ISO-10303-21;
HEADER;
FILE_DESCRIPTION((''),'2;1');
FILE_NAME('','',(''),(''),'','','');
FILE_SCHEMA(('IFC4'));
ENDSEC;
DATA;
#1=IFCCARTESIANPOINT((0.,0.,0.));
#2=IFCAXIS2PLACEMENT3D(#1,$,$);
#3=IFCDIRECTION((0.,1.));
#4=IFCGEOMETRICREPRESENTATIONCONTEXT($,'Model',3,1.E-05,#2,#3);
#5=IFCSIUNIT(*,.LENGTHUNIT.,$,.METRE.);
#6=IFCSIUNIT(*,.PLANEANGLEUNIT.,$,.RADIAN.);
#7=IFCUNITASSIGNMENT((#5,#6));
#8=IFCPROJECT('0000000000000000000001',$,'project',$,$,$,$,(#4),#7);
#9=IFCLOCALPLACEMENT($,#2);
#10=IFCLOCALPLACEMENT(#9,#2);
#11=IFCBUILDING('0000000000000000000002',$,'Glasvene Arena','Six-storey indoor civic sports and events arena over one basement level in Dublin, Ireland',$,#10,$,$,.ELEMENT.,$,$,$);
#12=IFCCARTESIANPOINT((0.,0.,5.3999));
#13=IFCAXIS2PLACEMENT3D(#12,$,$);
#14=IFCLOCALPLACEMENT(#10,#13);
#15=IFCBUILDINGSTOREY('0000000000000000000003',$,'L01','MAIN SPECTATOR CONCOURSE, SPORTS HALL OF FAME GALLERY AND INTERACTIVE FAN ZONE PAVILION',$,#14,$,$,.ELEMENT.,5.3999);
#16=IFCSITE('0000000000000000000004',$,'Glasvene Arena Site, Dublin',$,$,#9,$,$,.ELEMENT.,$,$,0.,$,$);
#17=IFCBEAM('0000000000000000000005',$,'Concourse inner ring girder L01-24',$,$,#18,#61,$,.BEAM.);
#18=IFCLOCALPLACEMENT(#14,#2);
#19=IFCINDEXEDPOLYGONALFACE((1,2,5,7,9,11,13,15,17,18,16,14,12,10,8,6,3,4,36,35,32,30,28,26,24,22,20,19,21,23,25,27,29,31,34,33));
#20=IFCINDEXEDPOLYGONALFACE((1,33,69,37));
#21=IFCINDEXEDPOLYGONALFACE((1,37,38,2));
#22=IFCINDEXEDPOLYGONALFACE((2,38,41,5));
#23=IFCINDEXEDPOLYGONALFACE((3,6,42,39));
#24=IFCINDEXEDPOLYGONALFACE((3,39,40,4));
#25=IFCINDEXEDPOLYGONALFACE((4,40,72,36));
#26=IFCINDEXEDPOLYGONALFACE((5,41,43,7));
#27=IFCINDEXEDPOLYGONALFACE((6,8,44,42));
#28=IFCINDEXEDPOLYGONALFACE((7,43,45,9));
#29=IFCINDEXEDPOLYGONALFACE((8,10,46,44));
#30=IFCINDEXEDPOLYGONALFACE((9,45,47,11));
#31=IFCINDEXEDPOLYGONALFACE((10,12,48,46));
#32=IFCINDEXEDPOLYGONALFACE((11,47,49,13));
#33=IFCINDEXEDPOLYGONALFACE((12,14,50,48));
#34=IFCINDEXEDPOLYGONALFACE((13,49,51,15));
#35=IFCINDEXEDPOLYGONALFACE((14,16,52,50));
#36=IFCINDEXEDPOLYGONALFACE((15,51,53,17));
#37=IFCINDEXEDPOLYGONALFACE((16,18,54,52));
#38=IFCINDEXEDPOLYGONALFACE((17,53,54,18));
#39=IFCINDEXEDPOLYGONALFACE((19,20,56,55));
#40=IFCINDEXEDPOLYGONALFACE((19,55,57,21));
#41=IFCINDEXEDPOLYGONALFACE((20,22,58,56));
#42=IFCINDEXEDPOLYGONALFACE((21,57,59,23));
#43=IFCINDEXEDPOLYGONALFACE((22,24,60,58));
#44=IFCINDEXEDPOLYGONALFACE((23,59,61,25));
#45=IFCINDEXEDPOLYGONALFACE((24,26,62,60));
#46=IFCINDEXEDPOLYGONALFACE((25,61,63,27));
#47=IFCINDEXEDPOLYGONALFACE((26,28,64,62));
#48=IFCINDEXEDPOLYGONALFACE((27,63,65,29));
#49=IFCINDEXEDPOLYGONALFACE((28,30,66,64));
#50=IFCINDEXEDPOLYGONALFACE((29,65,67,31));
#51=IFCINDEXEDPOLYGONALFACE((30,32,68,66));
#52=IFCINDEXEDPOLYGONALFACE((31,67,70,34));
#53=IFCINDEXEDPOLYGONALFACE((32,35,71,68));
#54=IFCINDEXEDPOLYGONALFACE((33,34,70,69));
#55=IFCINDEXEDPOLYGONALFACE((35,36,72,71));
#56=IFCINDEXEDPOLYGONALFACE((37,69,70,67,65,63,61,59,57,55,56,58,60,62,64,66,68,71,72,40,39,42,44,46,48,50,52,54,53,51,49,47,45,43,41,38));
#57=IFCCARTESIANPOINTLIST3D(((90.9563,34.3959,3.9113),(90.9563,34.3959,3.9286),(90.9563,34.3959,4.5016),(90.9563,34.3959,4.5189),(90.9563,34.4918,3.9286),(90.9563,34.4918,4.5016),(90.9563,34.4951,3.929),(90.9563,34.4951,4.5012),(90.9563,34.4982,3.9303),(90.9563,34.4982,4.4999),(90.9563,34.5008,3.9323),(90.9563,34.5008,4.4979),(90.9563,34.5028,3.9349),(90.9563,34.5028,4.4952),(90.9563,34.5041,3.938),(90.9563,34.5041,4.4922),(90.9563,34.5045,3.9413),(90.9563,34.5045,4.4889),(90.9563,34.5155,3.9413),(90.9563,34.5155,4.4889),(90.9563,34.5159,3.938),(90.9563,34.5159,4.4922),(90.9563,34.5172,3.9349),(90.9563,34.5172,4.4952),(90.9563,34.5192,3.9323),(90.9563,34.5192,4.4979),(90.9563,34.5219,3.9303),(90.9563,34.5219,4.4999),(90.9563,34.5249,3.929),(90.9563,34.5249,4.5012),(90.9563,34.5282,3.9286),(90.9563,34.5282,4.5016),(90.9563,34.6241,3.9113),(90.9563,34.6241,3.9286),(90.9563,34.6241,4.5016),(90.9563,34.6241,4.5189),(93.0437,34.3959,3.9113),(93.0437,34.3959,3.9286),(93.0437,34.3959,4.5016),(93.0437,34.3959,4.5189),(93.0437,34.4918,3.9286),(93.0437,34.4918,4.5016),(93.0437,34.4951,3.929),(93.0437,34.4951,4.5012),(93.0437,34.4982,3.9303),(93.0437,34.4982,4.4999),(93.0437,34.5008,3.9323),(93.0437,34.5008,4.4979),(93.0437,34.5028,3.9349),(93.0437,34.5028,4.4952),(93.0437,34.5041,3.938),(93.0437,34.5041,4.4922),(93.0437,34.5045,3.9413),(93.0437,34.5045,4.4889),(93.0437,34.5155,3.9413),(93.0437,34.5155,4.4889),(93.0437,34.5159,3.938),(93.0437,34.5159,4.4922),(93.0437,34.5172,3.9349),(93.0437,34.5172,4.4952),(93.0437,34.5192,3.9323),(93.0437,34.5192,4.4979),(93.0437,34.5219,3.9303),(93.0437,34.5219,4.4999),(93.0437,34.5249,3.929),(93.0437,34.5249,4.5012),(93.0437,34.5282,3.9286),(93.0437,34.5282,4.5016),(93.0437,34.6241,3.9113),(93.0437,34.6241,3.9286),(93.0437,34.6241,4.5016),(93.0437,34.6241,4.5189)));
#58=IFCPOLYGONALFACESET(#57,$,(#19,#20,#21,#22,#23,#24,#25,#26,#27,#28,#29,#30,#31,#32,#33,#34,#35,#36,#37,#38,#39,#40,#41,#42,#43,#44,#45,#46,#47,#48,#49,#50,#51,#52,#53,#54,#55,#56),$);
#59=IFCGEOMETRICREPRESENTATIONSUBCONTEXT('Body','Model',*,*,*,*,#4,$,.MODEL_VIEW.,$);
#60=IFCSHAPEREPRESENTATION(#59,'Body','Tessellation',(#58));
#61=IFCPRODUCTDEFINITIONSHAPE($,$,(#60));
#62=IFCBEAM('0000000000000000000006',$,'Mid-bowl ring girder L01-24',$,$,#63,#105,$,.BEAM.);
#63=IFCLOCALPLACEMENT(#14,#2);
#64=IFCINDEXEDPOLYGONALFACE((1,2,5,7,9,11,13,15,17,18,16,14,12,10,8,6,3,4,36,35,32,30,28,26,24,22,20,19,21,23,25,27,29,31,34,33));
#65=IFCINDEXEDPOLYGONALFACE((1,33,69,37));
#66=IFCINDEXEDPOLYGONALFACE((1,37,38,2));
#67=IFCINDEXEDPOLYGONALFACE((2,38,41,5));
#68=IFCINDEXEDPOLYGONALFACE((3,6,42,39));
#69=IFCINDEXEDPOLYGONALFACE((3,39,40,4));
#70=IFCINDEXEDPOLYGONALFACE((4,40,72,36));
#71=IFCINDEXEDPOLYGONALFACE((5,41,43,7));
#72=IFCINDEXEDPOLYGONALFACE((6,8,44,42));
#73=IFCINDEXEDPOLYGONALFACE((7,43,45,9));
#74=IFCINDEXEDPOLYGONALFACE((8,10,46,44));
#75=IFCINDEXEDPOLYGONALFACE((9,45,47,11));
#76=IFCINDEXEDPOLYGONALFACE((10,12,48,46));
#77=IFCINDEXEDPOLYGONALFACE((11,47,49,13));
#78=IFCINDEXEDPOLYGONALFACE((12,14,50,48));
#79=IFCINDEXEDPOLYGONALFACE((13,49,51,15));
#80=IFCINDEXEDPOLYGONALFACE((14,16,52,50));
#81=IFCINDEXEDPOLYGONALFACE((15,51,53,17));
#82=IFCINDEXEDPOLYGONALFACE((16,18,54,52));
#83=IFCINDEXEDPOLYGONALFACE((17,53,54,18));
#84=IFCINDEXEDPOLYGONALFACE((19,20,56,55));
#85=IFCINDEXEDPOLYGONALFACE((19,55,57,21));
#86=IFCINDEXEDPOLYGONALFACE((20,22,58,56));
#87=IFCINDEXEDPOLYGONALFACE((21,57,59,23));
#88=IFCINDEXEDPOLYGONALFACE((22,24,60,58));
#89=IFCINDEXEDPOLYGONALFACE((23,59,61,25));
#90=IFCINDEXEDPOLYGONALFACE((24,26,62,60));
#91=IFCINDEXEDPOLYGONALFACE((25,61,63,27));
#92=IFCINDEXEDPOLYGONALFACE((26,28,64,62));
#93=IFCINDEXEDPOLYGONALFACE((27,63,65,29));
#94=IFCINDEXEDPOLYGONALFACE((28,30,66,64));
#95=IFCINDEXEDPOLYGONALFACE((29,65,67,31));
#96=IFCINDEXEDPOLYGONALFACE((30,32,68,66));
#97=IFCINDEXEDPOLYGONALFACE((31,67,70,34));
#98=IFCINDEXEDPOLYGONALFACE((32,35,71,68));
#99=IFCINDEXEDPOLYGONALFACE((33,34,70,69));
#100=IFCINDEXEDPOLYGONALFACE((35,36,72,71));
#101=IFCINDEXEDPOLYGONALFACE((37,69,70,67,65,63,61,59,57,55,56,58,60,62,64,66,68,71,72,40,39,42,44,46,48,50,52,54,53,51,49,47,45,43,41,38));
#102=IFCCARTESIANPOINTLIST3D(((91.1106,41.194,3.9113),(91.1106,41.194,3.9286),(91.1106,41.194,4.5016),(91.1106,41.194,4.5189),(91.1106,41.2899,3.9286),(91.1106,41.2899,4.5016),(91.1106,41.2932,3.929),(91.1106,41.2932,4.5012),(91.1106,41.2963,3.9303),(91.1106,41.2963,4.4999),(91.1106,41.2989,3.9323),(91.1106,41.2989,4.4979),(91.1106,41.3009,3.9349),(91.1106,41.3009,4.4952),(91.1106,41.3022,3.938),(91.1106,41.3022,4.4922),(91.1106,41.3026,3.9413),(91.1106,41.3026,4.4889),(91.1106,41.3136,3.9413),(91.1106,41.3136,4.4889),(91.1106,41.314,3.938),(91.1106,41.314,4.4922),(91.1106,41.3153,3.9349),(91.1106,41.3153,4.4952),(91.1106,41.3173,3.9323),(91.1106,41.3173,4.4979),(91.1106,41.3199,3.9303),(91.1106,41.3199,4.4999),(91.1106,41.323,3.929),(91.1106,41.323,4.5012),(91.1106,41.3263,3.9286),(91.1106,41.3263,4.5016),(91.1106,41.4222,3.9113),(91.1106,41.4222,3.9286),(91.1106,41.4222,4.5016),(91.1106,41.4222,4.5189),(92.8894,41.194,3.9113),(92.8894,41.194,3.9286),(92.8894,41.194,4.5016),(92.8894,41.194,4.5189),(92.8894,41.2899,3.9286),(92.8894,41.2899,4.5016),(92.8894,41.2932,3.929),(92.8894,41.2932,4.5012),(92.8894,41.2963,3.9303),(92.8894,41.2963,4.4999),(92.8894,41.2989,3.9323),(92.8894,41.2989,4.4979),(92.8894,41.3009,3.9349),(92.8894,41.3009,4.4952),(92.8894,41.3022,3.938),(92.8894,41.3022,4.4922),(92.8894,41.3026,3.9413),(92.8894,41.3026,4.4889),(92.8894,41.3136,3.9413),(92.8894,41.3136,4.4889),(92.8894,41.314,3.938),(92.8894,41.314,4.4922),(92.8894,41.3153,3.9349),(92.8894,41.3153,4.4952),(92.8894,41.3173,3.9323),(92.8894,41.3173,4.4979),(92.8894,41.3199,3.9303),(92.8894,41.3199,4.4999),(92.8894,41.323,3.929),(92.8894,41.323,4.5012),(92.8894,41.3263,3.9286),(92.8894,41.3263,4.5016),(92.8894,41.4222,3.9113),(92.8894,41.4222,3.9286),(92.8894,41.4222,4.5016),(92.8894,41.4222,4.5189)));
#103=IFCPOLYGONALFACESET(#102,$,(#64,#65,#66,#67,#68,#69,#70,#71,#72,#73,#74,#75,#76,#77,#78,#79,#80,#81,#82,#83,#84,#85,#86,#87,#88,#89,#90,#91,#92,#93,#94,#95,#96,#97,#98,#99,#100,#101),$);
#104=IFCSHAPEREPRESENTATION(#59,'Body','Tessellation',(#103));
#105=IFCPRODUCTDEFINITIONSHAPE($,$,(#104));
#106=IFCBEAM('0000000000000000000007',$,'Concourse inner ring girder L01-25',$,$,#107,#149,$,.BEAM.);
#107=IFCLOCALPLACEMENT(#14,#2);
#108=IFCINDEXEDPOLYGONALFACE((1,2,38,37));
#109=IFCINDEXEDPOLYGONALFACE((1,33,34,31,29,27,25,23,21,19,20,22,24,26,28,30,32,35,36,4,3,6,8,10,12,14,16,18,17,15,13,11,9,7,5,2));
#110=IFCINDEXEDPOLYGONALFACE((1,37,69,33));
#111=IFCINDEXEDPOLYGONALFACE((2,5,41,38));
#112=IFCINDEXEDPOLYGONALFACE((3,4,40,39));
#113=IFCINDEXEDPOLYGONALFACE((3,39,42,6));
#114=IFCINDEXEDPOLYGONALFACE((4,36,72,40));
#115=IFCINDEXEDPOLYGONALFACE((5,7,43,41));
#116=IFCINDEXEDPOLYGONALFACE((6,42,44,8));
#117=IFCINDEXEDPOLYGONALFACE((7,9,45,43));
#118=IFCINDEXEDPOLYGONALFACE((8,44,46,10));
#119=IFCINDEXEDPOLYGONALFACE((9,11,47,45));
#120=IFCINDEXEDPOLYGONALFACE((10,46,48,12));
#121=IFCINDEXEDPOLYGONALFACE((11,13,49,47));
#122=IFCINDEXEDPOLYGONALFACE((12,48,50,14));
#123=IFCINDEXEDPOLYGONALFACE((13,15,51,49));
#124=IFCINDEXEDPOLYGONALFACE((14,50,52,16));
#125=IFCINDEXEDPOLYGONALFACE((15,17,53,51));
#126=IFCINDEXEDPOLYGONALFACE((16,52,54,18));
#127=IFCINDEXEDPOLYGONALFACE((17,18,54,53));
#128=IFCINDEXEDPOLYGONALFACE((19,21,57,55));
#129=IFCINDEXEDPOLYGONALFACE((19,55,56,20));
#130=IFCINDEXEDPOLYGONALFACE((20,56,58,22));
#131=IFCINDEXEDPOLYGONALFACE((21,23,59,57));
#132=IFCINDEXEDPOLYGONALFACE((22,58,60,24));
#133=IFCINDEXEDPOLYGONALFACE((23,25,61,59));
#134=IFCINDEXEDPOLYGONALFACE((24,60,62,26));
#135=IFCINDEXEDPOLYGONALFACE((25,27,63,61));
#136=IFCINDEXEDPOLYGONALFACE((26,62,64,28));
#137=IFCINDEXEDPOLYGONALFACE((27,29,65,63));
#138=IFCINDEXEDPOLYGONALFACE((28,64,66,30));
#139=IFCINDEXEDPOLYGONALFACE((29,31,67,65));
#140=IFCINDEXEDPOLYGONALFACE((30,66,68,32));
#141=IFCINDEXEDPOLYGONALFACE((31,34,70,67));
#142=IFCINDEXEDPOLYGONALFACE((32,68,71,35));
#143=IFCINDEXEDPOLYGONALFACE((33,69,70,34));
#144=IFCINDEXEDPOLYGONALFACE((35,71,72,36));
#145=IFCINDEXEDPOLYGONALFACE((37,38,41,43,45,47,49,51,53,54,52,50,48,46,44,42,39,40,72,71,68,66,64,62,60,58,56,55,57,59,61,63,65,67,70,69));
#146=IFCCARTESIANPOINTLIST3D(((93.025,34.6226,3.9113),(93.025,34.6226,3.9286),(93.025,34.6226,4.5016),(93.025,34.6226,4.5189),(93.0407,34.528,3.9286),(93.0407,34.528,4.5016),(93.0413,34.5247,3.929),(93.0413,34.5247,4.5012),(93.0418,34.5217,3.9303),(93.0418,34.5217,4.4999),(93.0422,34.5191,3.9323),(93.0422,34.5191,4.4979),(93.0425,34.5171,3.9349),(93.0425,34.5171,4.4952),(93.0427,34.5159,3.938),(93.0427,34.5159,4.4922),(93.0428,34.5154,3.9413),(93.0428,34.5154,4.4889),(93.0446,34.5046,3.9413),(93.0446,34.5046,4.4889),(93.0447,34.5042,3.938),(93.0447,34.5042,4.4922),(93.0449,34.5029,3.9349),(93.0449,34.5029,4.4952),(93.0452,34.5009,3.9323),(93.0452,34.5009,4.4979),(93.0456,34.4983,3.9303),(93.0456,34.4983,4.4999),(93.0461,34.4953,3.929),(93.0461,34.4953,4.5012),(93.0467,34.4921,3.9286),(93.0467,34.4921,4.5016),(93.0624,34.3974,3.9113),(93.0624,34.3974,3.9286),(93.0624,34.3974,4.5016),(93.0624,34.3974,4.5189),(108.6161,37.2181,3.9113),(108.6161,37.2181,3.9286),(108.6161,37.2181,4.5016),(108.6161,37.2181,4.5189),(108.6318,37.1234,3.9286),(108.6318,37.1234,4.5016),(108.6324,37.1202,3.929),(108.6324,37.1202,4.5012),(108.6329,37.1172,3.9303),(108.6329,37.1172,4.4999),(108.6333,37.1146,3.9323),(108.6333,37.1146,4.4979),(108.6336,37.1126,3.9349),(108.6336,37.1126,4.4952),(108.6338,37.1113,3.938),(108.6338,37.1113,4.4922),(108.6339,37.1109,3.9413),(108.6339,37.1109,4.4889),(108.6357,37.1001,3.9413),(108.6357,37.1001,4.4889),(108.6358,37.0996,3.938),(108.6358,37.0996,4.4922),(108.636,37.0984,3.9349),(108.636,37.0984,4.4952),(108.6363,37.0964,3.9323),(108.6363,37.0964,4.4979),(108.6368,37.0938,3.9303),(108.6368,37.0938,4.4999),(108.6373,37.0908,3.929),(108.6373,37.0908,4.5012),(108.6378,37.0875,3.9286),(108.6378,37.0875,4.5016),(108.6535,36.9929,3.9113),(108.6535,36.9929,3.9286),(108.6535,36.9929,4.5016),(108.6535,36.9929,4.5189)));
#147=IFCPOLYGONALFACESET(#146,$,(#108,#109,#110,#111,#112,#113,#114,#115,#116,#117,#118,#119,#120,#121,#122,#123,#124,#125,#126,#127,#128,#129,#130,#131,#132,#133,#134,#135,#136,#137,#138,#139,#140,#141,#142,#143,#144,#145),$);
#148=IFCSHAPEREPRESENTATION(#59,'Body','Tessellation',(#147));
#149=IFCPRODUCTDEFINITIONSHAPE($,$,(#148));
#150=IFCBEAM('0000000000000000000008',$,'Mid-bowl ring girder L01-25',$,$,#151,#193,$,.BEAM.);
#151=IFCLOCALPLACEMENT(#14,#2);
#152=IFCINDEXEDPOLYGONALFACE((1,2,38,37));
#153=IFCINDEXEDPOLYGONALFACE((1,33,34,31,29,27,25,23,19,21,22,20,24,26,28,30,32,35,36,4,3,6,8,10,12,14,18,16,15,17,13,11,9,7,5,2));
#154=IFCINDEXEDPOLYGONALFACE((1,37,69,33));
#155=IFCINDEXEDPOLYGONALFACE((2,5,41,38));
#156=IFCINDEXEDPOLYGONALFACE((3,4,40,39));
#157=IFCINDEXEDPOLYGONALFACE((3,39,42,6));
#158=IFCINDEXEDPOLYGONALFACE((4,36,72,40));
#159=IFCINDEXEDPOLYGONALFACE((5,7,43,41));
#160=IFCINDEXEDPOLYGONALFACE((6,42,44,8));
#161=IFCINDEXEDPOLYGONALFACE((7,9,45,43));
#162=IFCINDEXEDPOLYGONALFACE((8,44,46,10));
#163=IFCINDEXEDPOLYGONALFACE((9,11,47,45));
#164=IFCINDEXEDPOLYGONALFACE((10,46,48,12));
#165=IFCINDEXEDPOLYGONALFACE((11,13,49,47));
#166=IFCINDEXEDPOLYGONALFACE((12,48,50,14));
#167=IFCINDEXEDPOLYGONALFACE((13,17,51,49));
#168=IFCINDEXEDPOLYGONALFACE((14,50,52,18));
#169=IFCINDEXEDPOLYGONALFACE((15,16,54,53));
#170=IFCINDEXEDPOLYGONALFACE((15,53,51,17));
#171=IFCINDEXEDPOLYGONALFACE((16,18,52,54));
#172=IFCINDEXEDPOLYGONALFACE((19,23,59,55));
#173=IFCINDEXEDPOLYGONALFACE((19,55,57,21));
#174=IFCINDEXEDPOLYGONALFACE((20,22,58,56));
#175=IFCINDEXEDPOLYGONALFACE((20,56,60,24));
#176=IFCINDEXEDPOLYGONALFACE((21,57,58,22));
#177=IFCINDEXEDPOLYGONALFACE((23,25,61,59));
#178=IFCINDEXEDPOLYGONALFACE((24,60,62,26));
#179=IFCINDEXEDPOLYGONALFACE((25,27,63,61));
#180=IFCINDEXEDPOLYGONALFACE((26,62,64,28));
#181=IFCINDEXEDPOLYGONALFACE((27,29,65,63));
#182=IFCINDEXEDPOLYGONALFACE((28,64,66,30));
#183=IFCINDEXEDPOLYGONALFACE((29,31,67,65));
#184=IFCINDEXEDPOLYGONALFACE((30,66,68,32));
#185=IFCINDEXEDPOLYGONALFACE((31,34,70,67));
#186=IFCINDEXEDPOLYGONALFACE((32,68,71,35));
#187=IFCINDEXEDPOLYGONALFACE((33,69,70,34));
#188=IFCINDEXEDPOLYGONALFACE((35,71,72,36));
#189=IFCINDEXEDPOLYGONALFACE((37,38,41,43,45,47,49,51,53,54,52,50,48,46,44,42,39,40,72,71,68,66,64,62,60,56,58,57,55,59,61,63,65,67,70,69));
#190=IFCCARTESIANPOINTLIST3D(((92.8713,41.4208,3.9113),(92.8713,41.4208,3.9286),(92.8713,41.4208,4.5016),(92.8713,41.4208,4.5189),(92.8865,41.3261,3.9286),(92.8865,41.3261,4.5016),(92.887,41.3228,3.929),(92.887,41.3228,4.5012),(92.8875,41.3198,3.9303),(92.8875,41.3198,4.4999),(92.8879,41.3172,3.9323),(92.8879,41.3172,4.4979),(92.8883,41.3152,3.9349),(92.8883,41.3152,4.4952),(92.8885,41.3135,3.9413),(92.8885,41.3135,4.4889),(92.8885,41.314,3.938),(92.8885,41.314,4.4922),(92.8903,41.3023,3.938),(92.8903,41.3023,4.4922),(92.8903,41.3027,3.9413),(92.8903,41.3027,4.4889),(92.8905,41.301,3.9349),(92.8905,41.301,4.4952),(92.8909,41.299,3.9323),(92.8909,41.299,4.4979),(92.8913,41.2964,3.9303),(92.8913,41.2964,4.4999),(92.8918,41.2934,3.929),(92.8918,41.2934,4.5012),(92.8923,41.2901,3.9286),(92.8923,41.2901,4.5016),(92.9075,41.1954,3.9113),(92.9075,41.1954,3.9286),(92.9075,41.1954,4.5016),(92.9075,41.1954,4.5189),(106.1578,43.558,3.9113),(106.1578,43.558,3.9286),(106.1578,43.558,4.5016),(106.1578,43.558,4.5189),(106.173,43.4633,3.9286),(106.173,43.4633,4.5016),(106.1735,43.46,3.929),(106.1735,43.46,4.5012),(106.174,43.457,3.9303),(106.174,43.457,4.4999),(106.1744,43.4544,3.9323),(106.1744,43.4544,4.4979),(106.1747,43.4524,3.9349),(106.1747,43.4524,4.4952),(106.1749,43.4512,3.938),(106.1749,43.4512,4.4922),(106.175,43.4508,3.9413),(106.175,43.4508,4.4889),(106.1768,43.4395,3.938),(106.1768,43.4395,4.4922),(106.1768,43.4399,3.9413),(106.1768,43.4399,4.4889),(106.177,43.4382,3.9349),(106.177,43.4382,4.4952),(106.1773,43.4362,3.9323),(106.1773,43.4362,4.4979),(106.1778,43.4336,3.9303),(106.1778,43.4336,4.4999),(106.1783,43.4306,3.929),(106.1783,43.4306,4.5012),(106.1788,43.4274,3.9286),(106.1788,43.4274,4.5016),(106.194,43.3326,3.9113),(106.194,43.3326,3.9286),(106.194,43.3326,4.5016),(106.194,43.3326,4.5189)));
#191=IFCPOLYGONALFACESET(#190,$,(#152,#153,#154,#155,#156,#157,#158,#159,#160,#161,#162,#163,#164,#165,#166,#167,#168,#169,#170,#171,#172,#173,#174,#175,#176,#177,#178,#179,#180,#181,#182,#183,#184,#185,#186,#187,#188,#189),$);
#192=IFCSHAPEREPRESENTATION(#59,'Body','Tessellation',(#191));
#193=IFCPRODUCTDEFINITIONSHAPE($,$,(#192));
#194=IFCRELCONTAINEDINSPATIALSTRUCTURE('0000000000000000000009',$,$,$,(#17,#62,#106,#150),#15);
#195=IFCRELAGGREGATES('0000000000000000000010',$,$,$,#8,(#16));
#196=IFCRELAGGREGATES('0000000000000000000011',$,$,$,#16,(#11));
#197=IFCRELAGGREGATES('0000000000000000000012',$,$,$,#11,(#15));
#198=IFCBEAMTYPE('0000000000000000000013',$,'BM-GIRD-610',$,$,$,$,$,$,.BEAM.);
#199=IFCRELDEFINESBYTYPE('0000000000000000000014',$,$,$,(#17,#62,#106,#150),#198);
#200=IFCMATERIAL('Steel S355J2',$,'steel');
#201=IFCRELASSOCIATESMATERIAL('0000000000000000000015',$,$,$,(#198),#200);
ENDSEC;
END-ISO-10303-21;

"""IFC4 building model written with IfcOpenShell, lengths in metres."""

from ifc_helpers import new_model, si_unit, direction, frame, origin, origin_2d, place, context, subcontext, project, spatial, i_section, extrude, material, material_profile, profile_set, type_object, element, save


model = new_model("IFC4")

# Units and contexts
model_context = context("Model", 3, precision=1e-05, world=origin(), true_north=direction((0.0, 1.0)))
body_context = subcontext(model_context, "Body", "Model", "MODEL_VIEW")
ifc_project = project(units=[si_unit("LENGTHUNIT", "METRE"), si_unit("PLANEANGLEUNIT", "RADIAN")], contexts=[model_context])

# Site, building, storey
site_placement = place(None, origin())
site = spatial("IfcSite", under=ifc_project, at=site_placement, Name="Glasvene Arena Site, Dublin", CompositionType="ELEMENT", RefElevation=0.0)
building_placement = place(site_placement, origin())
building = spatial("IfcBuilding", under=site, at=building_placement, Name="Glasvene Arena", Description="Six-storey indoor civic sports and events arena over one basement level in Dublin, Ireland", CompositionType="ELEMENT")
storey_placement = place(building_placement, frame((0.0, 0.0, 5.3999)))
storey = spatial("IfcBuildingStorey", under=building, at=storey_placement, Name="L01", Description="MAIN SPECTATOR CONCOURSE, SPORTS HALL OF FAME GALLERY AND INTERACTIVE FAN ZONE PAVILION", CompositionType="ELEMENT", Elevation=5.3999)

# Shared definitions
ifc_material_1 = material(Name="Steel S355J2", Category="steel")

# Beams
ifc_material_profile_1 = material_profile(ifc_material_1, i_section(OverallWidth=0.2283, OverallDepth=0.6077, WebThickness=0.011, FlangeThickness=0.0173, FilletRadius=0.0127, at=origin_2d()), Name="UKB 610x229x113")
ifc_profile_set_1 = profile_set([ifc_material_profile_1], Name="Steel S355J2")
beam_type_1 = type_object("IfcBeamType", Name="BM-GIRD-610", PredefinedType="BEAM", material=ifc_profile_set_1)
beam_1_placement = place(storey_placement, frame((90.9563, 34.51, 4.2151), z_axis=(1.0, 0.0, 0.0), x_axis=(0.0, 1.0, 0.0)))
element("IfcBeam", 1, at=beam_1_placement, inside=storey, type_object=beam_type_1, Name="Concourse inner ring girder L01-24", PredefinedType="BEAM", context=body_context, shape_type="SweptSolid", body=[
    extrude(i_section(OverallWidth=0.2283, OverallDepth=0.6077, WebThickness=0.011, FlangeThickness=0.0173, FilletRadius=0.0127, at=origin_2d()), origin(), (0.0, 0.0, 1.0), 2.0874),
])
beam_2_placement = place(storey_placement, frame((91.1106, 41.3081, 4.2151), z_axis=(1.0, 0.0, 0.0), x_axis=(0.0, 1.0, 0.0)))
element("IfcBeam", 2, at=beam_2_placement, inside=storey, type_object=beam_type_1, Name="Mid-bowl ring girder L01-24", PredefinedType="BEAM", context=body_context, shape_type="SweptSolid", body=[
    extrude(i_section(OverallWidth=0.2283, OverallDepth=0.6077, WebThickness=0.011, FlangeThickness=0.0173, FilletRadius=0.0127, at=origin_2d()), origin(), (0.0, 0.0, 1.0), 1.7788),
])
beam_3_placement = place(storey_placement, frame((93.0437, 34.51, 4.2151), z_axis=(0.986425, 0.164211, 0.0), x_axis=(-0.164211, 0.986425, 0.0)))
element("IfcBeam", 3, at=beam_3_placement, inside=storey, type_object=beam_type_1, Name="Concourse inner ring girder L01-25", PredefinedType="BEAM", context=body_context, shape_type="SweptSolid", body=[
    extrude(i_section(OverallWidth=0.2283, OverallDepth=0.6077, WebThickness=0.011, FlangeThickness=0.0173, FilletRadius=0.0127, at=origin_2d()), origin(), (0.0, 0.0, 1.0), 15.8057),
])
beam_4_placement = place(storey_placement, frame((92.8894, 41.3081, 4.2151), z_axis=(0.987308, 0.158815, 0.0), x_axis=(-0.158815, 0.987308, 0.0)))
element("IfcBeam", 4, at=beam_4_placement, inside=storey, type_object=beam_type_1, Name="Mid-bowl ring girder L01-25", PredefinedType="BEAM", context=body_context, shape_type="SweptSolid", body=[
    extrude(i_section(OverallWidth=0.2283, OverallDepth=0.6077, WebThickness=0.011, FlangeThickness=0.0173, FilletRadius=0.0127, at=origin_2d()), origin(), (0.0, 0.0, 1.0), 13.4573),
])

save(model, "model.ifc")
